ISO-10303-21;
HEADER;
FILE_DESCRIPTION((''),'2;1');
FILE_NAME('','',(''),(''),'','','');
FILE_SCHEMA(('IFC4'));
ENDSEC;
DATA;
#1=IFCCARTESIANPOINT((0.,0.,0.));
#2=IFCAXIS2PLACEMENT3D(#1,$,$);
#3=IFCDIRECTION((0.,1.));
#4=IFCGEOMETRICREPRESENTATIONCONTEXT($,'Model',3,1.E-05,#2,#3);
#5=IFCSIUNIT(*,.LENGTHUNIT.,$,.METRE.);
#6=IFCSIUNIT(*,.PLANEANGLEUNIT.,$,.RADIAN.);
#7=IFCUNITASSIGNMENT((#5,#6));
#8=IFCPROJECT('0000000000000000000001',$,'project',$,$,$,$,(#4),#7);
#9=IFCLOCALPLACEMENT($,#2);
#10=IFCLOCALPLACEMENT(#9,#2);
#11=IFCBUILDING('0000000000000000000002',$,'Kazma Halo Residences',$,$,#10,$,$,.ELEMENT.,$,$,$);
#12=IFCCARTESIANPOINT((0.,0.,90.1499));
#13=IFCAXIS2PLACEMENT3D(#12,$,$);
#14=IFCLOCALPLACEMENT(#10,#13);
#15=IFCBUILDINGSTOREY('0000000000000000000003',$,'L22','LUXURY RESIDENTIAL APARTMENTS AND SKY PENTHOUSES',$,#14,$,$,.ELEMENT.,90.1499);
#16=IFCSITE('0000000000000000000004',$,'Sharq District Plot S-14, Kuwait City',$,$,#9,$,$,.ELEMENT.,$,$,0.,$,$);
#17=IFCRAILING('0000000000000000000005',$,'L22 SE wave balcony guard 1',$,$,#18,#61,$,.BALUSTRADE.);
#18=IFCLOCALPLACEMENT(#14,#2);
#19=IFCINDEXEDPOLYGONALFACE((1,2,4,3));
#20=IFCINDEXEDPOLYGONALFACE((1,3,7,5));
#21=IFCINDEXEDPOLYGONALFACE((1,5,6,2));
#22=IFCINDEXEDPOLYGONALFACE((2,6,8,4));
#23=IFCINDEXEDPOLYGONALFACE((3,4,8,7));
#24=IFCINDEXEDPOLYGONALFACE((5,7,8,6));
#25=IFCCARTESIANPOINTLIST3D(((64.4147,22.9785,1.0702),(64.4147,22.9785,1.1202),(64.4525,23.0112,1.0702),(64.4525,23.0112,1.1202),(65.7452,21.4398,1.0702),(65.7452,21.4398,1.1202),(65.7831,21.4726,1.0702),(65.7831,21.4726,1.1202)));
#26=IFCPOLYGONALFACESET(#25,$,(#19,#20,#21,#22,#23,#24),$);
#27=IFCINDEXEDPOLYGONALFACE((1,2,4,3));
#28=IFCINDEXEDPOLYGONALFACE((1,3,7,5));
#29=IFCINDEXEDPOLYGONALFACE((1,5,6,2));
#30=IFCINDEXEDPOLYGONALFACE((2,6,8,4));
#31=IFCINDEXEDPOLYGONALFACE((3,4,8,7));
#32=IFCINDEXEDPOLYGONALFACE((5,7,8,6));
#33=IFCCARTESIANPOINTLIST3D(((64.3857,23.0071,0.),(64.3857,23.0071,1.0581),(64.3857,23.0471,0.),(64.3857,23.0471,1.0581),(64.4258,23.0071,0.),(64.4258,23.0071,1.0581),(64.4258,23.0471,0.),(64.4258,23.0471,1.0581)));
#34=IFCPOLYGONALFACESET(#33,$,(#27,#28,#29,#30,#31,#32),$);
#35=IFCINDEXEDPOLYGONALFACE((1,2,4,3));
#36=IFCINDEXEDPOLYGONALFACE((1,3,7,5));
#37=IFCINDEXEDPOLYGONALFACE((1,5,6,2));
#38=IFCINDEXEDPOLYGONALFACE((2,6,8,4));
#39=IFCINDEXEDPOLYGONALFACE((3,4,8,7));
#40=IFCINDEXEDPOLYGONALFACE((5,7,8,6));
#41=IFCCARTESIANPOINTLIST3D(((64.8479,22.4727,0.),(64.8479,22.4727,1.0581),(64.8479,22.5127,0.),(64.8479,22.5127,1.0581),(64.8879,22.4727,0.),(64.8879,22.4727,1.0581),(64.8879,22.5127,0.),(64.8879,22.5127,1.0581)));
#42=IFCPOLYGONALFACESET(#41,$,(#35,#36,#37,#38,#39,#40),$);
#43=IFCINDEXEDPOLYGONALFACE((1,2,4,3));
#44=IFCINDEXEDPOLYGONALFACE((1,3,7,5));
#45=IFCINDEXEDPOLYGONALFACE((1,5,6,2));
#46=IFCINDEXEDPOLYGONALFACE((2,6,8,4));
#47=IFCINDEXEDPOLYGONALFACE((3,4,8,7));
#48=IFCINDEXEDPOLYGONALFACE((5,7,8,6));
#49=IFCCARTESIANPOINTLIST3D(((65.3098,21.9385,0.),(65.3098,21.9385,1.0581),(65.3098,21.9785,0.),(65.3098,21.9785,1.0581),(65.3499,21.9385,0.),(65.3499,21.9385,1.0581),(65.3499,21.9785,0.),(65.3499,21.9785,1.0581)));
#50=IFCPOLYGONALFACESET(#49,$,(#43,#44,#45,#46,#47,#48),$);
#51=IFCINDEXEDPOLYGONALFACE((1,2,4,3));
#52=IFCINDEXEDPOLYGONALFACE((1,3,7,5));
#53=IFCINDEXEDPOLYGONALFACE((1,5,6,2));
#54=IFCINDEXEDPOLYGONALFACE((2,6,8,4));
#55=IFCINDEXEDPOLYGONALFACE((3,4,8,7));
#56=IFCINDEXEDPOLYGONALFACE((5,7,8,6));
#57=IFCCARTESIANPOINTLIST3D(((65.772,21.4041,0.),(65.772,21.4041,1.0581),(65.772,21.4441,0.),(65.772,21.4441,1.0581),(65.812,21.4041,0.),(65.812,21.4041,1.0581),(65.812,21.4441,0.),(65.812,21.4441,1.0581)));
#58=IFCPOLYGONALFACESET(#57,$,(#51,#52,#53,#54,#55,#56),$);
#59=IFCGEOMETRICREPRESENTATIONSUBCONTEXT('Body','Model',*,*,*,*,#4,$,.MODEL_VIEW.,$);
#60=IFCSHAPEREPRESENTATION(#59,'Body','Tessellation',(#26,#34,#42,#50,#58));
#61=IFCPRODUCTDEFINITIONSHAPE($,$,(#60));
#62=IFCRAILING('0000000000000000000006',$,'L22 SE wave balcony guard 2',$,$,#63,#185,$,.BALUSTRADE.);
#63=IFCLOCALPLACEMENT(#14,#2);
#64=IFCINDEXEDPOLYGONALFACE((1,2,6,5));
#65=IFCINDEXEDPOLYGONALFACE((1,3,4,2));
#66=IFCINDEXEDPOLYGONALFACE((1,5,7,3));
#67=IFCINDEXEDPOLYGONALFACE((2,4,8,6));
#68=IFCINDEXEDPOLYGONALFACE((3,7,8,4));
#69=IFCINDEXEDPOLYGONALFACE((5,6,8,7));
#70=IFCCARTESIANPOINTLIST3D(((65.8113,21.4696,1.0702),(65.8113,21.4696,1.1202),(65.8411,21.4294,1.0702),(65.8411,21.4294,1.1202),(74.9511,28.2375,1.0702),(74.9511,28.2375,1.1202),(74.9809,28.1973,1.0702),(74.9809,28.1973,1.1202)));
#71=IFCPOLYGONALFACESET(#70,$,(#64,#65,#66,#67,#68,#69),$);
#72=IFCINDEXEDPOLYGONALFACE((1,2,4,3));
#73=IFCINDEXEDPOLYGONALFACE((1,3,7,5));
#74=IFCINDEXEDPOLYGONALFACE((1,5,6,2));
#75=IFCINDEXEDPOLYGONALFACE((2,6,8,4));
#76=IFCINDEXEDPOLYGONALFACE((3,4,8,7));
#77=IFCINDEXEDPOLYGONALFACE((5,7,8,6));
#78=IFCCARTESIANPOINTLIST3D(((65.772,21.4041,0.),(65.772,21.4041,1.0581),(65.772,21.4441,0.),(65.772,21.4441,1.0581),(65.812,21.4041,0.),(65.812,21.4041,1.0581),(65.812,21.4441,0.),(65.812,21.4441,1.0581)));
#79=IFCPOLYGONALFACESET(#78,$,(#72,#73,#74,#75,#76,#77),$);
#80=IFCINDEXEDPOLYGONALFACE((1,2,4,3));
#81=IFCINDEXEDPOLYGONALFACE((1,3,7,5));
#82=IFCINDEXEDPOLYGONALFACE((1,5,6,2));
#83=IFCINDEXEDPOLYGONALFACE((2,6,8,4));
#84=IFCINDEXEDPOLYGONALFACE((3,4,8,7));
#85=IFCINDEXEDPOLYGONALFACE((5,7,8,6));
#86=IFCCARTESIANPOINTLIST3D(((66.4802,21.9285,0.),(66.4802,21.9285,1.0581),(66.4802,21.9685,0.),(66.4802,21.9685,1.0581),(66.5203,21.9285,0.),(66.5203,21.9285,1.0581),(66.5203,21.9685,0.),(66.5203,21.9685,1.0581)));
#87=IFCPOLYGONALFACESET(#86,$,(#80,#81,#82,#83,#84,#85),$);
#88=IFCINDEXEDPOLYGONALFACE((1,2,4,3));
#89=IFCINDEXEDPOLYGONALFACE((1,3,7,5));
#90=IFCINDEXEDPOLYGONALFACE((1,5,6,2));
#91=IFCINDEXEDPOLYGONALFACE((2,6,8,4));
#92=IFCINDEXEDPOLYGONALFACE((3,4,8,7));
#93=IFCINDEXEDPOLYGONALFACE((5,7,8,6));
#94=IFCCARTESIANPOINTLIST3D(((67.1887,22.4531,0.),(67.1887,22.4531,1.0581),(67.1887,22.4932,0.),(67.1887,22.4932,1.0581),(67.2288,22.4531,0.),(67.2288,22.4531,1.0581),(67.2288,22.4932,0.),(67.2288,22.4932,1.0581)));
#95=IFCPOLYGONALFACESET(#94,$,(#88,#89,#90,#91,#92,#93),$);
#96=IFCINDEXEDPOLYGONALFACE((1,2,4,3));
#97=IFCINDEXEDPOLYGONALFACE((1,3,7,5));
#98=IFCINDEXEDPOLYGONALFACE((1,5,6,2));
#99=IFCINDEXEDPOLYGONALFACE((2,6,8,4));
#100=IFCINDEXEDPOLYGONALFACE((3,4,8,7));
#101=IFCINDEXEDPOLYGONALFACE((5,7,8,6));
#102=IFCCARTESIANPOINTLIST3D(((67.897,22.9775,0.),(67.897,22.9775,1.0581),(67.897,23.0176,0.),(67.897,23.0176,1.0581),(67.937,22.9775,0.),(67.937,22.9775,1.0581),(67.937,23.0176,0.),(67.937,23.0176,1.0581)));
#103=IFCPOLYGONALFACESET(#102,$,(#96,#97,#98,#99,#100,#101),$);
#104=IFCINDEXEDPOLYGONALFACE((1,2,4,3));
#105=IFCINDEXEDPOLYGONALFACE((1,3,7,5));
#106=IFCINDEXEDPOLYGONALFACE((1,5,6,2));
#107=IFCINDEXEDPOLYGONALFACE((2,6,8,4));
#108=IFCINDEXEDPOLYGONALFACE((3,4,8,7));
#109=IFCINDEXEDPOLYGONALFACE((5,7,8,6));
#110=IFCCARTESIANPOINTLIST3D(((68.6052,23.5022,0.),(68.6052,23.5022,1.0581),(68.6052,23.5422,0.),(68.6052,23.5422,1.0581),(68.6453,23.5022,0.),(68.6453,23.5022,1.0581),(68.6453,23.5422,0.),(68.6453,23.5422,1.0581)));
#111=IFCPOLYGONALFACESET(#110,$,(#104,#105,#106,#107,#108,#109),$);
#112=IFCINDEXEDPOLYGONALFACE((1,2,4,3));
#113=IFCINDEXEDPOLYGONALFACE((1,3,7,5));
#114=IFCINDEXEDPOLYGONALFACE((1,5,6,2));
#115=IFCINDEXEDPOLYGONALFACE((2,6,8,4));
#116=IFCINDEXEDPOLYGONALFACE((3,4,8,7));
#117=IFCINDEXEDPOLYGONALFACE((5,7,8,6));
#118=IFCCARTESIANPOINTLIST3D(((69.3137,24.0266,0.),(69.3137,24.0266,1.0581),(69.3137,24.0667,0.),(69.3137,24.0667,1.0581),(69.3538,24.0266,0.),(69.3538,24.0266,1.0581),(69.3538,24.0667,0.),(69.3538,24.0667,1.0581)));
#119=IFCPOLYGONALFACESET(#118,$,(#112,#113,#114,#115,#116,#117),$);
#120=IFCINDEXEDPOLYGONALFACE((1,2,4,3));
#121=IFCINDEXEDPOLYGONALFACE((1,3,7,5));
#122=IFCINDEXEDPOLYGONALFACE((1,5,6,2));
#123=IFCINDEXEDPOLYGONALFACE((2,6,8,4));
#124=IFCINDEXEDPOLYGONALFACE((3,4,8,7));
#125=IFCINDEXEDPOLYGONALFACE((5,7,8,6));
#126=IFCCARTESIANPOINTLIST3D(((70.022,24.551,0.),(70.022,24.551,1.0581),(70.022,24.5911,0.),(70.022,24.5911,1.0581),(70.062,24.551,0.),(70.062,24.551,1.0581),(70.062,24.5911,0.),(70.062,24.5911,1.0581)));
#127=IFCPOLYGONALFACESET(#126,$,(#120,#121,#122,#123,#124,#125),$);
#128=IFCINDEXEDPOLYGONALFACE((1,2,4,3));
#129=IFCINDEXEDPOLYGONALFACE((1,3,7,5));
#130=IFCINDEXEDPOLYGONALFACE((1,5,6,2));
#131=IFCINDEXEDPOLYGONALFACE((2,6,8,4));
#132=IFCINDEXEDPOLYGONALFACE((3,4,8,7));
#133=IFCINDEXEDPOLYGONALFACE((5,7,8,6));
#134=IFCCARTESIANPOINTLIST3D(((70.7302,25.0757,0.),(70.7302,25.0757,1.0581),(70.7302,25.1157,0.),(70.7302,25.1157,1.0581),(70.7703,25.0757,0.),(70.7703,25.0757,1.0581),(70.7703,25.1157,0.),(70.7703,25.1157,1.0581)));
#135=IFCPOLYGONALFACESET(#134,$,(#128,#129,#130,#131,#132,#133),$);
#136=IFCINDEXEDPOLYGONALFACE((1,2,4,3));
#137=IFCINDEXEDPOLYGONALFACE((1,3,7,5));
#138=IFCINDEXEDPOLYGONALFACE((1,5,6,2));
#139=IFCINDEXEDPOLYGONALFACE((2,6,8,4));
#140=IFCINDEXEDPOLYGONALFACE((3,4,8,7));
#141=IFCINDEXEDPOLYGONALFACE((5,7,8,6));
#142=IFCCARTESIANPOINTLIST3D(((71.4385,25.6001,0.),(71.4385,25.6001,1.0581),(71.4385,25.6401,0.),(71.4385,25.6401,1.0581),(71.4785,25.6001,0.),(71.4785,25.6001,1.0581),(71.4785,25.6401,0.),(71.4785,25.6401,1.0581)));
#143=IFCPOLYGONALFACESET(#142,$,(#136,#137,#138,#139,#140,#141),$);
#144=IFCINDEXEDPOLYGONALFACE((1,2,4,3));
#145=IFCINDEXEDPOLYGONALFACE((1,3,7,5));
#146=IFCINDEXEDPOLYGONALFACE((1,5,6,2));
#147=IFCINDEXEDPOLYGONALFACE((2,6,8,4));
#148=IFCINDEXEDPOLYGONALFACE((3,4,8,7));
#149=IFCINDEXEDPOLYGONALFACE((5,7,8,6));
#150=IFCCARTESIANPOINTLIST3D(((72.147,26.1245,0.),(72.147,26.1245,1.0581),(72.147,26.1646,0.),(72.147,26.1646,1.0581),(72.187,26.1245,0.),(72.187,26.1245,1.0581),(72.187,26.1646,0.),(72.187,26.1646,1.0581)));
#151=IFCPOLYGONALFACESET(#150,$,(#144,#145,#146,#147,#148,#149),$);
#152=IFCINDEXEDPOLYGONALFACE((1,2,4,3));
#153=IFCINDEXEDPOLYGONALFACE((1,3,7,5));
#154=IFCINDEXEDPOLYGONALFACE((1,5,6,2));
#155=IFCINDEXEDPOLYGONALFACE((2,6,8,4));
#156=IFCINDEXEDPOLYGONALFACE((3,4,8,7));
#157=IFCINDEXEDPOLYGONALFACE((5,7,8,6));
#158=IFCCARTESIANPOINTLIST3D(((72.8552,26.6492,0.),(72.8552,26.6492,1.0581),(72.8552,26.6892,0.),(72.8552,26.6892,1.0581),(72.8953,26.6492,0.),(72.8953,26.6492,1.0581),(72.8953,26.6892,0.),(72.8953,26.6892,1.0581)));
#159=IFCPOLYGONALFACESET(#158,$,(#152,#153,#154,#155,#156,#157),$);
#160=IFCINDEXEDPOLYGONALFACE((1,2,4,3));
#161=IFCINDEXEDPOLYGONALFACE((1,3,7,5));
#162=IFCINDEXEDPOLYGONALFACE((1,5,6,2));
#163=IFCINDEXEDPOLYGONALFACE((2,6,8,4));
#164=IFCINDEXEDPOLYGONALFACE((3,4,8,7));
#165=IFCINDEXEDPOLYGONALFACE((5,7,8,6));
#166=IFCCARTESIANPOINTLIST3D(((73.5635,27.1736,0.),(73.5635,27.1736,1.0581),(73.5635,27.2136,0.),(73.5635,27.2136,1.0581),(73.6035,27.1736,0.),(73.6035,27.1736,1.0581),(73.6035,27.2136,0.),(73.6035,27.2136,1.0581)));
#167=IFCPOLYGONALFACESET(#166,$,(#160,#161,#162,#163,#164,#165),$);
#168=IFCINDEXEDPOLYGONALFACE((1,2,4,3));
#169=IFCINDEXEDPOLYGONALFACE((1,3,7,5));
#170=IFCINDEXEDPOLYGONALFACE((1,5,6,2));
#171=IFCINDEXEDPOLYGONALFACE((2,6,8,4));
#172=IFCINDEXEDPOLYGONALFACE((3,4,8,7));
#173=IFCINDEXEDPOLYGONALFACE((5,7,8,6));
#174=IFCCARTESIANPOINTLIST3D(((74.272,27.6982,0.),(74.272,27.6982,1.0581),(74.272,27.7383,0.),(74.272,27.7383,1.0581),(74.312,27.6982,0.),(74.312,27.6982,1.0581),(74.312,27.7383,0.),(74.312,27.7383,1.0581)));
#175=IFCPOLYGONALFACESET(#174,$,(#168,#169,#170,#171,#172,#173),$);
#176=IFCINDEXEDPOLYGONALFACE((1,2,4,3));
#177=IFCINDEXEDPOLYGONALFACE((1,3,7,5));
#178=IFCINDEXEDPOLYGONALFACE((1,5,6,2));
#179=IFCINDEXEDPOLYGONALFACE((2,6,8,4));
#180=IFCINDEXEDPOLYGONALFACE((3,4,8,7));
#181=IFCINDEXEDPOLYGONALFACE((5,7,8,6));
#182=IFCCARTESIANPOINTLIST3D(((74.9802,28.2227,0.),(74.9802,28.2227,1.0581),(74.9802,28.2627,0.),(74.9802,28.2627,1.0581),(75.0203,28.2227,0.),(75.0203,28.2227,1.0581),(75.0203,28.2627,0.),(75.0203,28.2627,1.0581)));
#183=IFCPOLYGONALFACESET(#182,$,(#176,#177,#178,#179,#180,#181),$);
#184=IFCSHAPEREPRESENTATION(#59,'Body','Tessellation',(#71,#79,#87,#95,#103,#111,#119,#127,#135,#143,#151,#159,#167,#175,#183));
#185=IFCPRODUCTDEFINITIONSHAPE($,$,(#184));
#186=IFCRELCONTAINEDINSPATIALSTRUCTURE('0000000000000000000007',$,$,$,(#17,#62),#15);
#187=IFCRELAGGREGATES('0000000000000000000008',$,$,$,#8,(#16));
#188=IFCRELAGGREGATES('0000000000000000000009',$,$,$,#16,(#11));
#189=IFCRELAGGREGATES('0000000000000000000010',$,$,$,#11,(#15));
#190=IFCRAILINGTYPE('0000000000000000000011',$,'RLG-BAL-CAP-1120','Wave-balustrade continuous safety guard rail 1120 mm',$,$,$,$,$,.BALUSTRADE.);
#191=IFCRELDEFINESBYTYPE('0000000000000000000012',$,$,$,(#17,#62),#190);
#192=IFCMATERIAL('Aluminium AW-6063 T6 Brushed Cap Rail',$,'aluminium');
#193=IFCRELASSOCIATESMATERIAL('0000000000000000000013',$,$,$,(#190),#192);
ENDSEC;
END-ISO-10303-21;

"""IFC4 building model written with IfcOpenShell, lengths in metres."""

from ifc_helpers import new_model, si_unit, direction, frame, origin, origin_2d, place, context, subcontext, project, spatial, rectangle, extrude, material, type_object, element, save


model = new_model("IFC4")

# Units and contexts
model_context = context("Model", 3, precision=1e-05, world=origin(), true_north=direction((0.0, 1.0)))
body_context = subcontext(model_context, "Body", "Model", "MODEL_VIEW")
ifc_project = project(units=[si_unit("LENGTHUNIT", "METRE"), si_unit("PLANEANGLEUNIT", "RADIAN")], contexts=[model_context])

# Site, building, storey
site_placement = place(None, origin())
site = spatial("IfcSite", under=ifc_project, at=site_placement, Name="Sharq District Plot S-14, Kuwait City", CompositionType="ELEMENT", RefElevation=0.0)
building_placement = place(site_placement, origin())
building = spatial("IfcBuilding", under=site, at=building_placement, Name="Kazma Halo Residences", CompositionType="ELEMENT")
storey_placement = place(building_placement, frame((0.0, 0.0, 90.1499)))
storey = spatial("IfcBuildingStorey", under=building, at=storey_placement, Name="L22", Description="LUXURY RESIDENTIAL APARTMENTS AND SKY PENTHOUSES", CompositionType="ELEMENT", Elevation=90.1499)

# Railings
ifc_material_1 = material(Name="Aluminium AW-6063 T6 Brushed Cap Rail", Category="aluminium")
railing_type = type_object("IfcRailingType", Name="RLG-BAL-CAP-1120", Description="Wave-balustrade continuous safety guard rail 1120 mm", PredefinedType="BALUSTRADE", material=ifc_material_1)
railing_1_placement = place(storey_placement, frame((64.4058, 23.0271, 0.0)))
element("IfcRailing", 1, at=railing_1_placement, inside=storey, type_object=railing_type, Name="L22 SE wave balcony guard 1", PredefinedType="BALUSTRADE", context=body_context, shape_type="SweptSolid", body=[
    extrude(rectangle(XDim=0.05, YDim=0.05, at=origin_2d()), frame((0.0278, -0.0322, 1.0952), z_axis=(0.654106, -0.756403, 0.0), x_axis=(0.756403, 0.654106, 0.0)), (0.0, 0.0, 1.0), 2.0342),
    extrude(rectangle(XDim=0.04, YDim=0.04, at=origin_2d()), origin(), (0.0, 0.0, 1.0), 1.0581),
    extrude(rectangle(XDim=0.04, YDim=0.04, at=origin_2d()), frame((0.4622, -0.5344, 0.0)), (0.0, 0.0, 1.0), 1.0581),
    extrude(rectangle(XDim=0.04, YDim=0.04, at=origin_2d()), frame((0.9241, -1.0686, 0.0)), (0.0, 0.0, 1.0), 1.0581),
    extrude(rectangle(XDim=0.04, YDim=0.04, at=origin_2d()), frame((1.3862, -1.603, 0.0)), (0.0, 0.0, 1.0), 1.0581),
])
railing_2_placement = place(storey_placement, frame((65.792, 21.4241, 0.0)))
element("IfcRailing", 2, at=railing_2_placement, inside=storey, type_object=railing_type, Name="L22 SE wave balcony guard 2", PredefinedType="BALUSTRADE", context=body_context, shape_type="SweptSolid", body=[
    extrude(rectangle(XDim=0.05, YDim=0.05, at=origin_2d()), frame((0.0342, 0.0254, 1.0952), z_axis=(0.803654, 0.595097, 0.0), x_axis=(-0.595097, 0.803654, 0.0)), (0.0, 0.0, 1.0), 11.3728),
    extrude(rectangle(XDim=0.04, YDim=0.04, at=origin_2d()), origin(), (0.0, 0.0, 1.0), 1.0581),
    extrude(rectangle(XDim=0.04, YDim=0.04, at=origin_2d()), frame((0.7083, 0.5244, 0.0)), (0.0, 0.0, 1.0), 1.0581),
    extrude(rectangle(XDim=0.04, YDim=0.04, at=origin_2d()), frame((1.4167, 1.0491, 0.0)), (0.0, 0.0, 1.0), 1.0581),
    extrude(rectangle(XDim=0.04, YDim=0.04, at=origin_2d()), frame((2.125, 1.5735, 0.0)), (0.0, 0.0, 1.0), 1.0581),
    extrude(rectangle(XDim=0.04, YDim=0.04, at=origin_2d()), frame((2.8333, 2.0981, 0.0)), (0.0, 0.0, 1.0), 1.0581),
    extrude(rectangle(XDim=0.04, YDim=0.04, at=origin_2d()), frame((3.5417, 2.6226, 0.0)), (0.0, 0.0, 1.0), 1.0581),
    extrude(rectangle(XDim=0.04, YDim=0.04, at=origin_2d()), frame((4.25, 3.147, 0.0)), (0.0, 0.0, 1.0), 1.0581),
    extrude(rectangle(XDim=0.04, YDim=0.04, at=origin_2d()), frame((4.9583, 3.6716, 0.0)), (0.0, 0.0, 1.0), 1.0581),
    extrude(rectangle(XDim=0.04, YDim=0.04, at=origin_2d()), frame((5.6665, 4.196, 0.0)), (0.0, 0.0, 1.0), 1.0581),
    extrude(rectangle(XDim=0.04, YDim=0.04, at=origin_2d()), frame((6.375, 4.7205, 0.0)), (0.0, 0.0, 1.0), 1.0581),
    extrude(rectangle(XDim=0.04, YDim=0.04, at=origin_2d()), frame((7.0833, 5.2451, 0.0)), (0.0, 0.0, 1.0), 1.0581),
    extrude(rectangle(XDim=0.04, YDim=0.04, at=origin_2d()), frame((7.7915, 5.7695, 0.0)), (0.0, 0.0, 1.0), 1.0581),
    extrude(rectangle(XDim=0.04, YDim=0.04, at=origin_2d()), frame((8.5, 6.2942, 0.0)), (0.0, 0.0, 1.0), 1.0581),
    extrude(rectangle(XDim=0.04, YDim=0.04, at=origin_2d()), frame((9.2083, 6.8186, 0.0)), (0.0, 0.0, 1.0), 1.0581),
])

save(model, "model.ifc")
